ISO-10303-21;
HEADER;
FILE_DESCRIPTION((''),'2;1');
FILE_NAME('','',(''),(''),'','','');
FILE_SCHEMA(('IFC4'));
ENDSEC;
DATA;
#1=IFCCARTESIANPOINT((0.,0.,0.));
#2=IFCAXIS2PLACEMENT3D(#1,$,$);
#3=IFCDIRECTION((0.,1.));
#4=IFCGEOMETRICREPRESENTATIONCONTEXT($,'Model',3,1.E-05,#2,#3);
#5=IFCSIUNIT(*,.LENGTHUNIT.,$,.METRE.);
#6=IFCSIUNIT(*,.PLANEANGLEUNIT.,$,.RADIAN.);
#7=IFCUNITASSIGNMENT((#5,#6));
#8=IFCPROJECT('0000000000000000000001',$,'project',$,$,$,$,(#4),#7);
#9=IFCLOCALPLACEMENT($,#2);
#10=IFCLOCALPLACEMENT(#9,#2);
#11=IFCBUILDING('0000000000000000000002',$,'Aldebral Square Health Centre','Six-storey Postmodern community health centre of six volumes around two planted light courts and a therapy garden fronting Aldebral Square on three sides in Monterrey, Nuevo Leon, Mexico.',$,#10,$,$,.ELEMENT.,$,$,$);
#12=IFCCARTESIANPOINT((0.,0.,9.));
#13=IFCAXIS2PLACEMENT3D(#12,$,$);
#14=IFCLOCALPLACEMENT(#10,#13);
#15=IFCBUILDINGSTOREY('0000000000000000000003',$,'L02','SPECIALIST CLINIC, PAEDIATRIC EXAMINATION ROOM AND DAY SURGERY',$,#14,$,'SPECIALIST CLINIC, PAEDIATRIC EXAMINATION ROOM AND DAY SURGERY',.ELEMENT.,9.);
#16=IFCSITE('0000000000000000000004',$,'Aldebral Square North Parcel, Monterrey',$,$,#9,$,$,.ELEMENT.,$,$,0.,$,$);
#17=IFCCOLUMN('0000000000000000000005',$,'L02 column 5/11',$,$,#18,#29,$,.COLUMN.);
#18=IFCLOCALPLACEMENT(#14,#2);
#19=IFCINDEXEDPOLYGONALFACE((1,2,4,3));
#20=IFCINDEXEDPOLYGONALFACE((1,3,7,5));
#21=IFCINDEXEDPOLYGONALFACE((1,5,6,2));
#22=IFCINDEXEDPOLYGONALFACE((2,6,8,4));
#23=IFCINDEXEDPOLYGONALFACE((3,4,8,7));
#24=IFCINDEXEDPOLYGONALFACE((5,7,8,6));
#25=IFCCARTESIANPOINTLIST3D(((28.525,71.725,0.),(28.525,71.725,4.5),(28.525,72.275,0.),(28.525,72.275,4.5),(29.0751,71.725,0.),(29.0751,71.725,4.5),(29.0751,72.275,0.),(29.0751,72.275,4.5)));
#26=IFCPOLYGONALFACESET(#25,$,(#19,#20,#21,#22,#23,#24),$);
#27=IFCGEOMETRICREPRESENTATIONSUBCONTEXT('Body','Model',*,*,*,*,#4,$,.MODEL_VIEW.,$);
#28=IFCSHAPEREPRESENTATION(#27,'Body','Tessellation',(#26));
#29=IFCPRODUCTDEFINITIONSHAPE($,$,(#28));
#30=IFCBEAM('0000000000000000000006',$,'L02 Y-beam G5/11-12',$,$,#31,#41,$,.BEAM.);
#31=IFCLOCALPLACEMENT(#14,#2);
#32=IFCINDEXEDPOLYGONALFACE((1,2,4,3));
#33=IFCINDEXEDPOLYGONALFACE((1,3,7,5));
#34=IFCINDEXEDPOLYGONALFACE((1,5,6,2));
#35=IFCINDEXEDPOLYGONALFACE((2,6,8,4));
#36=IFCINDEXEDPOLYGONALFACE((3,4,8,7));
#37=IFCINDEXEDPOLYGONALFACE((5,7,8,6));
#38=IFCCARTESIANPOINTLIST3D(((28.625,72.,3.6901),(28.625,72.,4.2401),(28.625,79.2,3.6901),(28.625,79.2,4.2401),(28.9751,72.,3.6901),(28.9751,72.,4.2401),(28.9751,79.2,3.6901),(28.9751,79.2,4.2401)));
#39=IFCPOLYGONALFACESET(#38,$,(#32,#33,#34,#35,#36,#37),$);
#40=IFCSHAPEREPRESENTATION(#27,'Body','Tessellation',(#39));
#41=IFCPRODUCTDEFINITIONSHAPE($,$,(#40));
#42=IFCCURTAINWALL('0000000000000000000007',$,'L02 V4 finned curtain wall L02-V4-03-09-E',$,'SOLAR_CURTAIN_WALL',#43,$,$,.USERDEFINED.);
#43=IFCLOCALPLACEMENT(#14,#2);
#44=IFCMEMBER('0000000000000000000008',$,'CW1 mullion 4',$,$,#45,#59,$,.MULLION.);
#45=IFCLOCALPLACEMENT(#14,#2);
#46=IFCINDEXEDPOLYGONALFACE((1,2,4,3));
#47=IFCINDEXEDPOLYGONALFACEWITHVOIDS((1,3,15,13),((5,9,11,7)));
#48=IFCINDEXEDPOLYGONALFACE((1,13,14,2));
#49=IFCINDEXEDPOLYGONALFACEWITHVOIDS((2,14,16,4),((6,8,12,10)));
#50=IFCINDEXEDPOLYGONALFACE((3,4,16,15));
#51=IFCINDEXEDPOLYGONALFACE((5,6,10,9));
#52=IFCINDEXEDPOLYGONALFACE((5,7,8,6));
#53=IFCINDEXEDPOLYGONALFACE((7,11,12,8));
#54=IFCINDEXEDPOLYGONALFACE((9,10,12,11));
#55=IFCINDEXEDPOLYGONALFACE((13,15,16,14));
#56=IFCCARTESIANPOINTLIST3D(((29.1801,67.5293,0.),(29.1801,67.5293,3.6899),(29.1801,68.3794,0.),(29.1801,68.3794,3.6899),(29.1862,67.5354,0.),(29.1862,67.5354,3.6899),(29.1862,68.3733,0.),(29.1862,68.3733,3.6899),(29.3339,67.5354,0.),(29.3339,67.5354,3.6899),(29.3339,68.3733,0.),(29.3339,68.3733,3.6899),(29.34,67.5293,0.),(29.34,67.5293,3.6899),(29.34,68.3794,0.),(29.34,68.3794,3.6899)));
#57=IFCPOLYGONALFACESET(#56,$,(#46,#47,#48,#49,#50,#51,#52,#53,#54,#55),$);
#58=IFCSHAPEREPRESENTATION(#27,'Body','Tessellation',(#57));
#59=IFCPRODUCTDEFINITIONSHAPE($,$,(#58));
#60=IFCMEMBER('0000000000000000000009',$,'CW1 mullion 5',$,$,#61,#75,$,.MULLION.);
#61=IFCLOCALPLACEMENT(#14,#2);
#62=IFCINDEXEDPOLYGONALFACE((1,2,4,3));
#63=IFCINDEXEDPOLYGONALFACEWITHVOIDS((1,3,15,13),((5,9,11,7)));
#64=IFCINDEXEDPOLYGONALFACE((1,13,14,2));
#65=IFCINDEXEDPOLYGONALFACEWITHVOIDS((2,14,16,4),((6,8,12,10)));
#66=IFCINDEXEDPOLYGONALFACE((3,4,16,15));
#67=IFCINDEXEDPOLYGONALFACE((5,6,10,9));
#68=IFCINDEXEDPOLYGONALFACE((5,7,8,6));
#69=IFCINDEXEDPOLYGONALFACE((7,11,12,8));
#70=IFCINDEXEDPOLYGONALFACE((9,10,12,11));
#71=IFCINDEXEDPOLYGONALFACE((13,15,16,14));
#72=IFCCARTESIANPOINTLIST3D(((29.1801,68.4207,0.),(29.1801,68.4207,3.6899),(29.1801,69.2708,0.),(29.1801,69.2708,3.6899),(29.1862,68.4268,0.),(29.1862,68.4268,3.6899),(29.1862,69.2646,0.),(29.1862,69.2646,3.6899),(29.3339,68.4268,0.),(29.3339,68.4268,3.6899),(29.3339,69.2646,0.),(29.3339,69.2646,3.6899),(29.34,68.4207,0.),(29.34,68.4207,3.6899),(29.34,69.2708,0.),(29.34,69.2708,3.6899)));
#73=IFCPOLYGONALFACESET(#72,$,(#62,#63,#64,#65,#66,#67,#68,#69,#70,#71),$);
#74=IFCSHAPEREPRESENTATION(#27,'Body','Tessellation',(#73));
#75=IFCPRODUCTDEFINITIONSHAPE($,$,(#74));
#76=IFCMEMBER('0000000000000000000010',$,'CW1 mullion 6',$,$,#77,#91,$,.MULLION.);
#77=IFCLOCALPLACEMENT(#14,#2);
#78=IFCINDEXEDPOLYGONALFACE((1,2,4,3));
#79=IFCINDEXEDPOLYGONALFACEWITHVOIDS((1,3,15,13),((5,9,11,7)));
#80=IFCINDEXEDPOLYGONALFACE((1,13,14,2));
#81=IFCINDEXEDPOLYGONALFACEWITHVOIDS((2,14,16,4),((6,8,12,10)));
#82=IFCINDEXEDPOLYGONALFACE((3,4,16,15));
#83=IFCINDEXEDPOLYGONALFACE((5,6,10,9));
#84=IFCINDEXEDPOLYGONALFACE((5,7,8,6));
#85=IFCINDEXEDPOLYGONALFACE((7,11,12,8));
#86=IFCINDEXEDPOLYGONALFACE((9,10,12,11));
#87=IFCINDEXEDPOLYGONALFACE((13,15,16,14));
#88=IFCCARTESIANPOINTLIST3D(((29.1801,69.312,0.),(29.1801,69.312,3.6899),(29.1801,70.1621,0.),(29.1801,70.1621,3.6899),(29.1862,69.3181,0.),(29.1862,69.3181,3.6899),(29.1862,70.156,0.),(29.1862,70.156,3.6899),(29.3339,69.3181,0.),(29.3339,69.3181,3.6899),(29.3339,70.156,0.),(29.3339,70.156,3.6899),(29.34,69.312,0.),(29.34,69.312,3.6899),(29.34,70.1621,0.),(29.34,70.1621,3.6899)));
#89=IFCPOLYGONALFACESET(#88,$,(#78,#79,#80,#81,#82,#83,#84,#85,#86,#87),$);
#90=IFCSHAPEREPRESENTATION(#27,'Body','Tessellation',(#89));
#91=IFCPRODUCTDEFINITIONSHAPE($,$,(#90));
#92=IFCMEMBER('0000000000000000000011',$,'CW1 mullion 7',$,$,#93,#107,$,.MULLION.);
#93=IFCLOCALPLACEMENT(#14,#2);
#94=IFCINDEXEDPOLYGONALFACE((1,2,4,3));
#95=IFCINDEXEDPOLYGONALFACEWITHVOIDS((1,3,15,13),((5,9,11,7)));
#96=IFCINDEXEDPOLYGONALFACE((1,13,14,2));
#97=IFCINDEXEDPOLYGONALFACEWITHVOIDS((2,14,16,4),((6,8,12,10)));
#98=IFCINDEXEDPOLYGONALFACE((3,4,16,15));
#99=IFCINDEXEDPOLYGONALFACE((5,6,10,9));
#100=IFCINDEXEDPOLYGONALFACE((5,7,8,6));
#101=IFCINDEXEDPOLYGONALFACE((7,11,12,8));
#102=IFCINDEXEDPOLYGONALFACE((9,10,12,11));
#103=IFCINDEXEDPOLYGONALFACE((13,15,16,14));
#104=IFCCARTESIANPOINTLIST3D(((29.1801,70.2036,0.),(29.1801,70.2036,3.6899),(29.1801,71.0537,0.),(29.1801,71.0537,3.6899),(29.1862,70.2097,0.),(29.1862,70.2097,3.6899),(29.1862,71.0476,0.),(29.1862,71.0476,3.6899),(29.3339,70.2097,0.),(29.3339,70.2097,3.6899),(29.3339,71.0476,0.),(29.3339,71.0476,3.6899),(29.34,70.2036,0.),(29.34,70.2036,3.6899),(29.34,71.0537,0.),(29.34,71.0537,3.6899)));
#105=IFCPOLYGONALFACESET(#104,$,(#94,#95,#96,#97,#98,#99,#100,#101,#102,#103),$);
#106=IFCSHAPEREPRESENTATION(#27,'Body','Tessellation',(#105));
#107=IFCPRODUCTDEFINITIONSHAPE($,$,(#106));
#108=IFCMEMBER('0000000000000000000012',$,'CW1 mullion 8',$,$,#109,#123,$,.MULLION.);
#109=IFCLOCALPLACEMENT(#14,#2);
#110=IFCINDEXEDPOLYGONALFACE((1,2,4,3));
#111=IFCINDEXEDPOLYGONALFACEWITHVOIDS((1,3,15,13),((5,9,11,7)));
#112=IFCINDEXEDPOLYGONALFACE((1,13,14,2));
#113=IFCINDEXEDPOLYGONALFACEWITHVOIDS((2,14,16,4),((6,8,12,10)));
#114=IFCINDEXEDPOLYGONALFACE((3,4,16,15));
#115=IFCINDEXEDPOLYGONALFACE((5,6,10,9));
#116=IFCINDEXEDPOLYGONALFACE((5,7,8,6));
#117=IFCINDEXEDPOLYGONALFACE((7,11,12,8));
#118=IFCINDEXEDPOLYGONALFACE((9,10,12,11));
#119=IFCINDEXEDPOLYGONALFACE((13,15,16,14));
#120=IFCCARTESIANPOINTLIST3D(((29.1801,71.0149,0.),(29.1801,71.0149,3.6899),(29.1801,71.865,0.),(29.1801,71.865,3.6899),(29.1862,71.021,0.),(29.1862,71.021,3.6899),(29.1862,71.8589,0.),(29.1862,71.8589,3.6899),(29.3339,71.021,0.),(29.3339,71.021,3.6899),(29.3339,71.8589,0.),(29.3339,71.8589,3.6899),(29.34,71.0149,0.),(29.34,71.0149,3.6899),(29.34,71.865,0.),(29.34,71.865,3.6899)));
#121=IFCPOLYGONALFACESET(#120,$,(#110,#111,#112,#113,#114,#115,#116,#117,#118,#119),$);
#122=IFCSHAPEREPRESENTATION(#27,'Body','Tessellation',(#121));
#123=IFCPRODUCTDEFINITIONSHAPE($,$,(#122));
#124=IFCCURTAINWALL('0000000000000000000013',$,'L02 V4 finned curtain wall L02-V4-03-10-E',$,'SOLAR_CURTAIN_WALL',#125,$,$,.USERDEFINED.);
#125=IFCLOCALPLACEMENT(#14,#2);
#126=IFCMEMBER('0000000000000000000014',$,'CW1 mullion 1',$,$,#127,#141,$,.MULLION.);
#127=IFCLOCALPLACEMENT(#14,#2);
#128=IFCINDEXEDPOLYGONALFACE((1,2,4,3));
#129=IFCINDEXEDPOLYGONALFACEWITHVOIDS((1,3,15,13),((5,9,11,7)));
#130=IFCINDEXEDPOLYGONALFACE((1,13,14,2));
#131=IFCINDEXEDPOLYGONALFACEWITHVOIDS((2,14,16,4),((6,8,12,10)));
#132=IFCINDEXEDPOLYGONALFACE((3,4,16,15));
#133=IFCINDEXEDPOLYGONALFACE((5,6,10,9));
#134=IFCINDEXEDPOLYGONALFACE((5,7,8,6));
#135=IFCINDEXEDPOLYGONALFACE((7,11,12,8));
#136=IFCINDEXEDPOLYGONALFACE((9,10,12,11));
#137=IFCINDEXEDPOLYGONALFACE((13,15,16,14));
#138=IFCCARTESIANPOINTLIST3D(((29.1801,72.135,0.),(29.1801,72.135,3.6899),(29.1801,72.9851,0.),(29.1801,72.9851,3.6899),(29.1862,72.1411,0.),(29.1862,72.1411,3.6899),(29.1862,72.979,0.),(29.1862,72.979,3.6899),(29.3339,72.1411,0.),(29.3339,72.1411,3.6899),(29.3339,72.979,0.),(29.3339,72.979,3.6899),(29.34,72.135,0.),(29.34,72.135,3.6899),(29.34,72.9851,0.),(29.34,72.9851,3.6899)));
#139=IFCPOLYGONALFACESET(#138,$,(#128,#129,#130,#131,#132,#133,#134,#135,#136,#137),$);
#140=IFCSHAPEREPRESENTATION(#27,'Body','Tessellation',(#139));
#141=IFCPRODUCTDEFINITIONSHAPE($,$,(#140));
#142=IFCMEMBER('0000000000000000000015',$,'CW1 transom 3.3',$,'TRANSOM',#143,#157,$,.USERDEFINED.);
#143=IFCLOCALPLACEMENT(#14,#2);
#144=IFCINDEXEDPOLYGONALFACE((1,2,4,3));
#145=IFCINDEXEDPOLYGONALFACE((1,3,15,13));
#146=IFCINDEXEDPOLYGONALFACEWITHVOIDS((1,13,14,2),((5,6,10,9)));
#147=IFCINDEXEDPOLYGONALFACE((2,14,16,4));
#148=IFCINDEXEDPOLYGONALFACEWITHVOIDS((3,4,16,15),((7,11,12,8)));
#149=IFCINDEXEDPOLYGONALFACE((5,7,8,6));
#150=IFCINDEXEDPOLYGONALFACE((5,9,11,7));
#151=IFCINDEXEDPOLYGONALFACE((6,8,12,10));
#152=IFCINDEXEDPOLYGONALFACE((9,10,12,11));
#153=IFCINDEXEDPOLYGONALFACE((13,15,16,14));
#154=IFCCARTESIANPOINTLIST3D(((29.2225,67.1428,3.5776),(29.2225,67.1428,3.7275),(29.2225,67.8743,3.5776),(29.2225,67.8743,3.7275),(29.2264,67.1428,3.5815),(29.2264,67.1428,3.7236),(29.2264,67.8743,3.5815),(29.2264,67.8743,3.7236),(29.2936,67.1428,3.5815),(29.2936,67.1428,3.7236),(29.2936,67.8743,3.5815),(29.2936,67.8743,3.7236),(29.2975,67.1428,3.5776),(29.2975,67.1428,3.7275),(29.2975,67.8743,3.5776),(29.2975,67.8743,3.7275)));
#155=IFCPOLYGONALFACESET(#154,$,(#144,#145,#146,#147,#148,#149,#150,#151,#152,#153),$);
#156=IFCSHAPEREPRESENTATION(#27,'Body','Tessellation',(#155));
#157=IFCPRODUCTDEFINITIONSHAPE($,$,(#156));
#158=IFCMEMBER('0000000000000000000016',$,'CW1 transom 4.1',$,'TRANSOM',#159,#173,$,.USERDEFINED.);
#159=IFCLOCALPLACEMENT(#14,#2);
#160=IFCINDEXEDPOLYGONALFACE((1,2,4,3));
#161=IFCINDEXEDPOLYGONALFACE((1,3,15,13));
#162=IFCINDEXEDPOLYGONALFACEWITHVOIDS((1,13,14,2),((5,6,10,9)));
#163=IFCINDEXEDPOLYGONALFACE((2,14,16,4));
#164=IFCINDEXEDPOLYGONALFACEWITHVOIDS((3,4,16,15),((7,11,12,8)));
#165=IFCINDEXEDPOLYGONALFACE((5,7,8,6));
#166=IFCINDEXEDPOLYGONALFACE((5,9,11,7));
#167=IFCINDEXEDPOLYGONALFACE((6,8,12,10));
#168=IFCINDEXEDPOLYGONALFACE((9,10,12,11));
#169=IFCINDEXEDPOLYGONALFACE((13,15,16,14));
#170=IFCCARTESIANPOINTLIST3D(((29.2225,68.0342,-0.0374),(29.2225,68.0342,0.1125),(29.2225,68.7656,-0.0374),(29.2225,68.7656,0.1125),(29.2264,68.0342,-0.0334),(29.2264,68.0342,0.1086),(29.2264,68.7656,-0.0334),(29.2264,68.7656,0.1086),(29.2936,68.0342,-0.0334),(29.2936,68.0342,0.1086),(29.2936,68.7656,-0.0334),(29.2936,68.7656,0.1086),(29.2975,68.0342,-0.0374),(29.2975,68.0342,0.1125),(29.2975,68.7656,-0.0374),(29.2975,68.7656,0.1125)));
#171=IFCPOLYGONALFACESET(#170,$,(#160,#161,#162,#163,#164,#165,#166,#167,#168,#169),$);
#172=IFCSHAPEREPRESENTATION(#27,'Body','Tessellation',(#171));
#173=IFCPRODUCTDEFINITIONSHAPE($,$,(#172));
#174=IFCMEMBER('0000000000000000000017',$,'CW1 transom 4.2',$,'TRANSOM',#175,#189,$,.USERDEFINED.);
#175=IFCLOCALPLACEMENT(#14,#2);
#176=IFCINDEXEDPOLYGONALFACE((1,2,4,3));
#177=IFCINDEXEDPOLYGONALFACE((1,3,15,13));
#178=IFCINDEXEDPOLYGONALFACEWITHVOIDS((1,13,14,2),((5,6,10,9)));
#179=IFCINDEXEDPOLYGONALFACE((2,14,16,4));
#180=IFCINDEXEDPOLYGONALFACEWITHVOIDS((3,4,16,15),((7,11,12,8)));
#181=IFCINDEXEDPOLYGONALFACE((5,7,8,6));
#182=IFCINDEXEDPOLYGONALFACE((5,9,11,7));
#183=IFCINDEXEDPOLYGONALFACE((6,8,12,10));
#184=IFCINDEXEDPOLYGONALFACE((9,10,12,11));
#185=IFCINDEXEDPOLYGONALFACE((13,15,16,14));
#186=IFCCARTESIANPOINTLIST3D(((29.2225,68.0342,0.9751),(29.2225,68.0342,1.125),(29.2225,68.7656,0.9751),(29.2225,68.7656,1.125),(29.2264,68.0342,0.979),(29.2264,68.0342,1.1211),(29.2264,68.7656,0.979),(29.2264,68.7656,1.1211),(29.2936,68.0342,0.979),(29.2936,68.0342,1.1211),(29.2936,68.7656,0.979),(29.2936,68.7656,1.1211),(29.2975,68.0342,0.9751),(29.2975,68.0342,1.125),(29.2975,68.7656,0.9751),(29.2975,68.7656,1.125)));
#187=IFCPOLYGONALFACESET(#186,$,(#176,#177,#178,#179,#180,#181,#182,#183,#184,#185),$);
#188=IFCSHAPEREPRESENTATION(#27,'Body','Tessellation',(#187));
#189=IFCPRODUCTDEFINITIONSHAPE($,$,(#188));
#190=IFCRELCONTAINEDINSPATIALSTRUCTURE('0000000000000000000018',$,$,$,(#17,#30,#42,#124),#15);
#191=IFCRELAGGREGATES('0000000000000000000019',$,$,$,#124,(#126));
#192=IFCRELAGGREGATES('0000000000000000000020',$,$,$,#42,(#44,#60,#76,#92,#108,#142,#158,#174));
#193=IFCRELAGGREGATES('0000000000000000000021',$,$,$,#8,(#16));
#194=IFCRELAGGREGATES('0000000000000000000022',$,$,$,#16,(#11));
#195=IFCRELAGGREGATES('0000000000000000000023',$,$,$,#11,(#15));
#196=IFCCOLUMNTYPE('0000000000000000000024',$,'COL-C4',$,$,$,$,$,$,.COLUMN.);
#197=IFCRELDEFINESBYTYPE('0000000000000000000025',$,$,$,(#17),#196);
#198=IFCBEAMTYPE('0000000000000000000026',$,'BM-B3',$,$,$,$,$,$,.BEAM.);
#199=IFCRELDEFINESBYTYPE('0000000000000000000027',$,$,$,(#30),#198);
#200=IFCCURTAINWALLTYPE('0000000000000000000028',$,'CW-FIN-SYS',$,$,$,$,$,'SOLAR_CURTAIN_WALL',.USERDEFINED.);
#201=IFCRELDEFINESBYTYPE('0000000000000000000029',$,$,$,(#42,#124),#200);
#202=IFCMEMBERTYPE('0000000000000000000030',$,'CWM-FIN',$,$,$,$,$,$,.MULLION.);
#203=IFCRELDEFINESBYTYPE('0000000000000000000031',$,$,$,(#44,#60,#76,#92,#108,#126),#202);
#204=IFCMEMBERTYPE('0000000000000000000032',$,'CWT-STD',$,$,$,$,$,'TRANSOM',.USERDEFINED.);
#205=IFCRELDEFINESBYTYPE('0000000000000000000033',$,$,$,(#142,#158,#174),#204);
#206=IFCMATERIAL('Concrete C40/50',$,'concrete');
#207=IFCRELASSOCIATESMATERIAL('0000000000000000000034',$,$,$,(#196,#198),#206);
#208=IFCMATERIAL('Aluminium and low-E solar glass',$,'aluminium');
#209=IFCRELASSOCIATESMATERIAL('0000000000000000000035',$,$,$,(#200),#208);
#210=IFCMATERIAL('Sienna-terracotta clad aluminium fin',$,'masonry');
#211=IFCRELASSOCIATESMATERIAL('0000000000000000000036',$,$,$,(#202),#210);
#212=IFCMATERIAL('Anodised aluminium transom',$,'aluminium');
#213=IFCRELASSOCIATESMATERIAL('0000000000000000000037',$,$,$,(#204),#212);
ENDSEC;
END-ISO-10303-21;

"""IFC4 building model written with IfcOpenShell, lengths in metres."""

from ifc_helpers import new_model, si_unit, direction, frame, origin, origin_2d, place, context, subcontext, project, spatial, rectangle, hollow_rectangle, extrude, material, material_profile, profile_set, type_object, element, aggregate, save


model = new_model("IFC4")

# Units and contexts
model_context = context("Model", 3, precision=1e-05, world=origin(), true_north=direction((0.0, 1.0)))
body_context = subcontext(model_context, "Body", "Model", "MODEL_VIEW")
ifc_project = project(units=[si_unit("LENGTHUNIT", "METRE"), si_unit("PLANEANGLEUNIT", "RADIAN")], contexts=[model_context])

# Site, building, storey
site_placement = place(None, origin())
site = spatial("IfcSite", under=ifc_project, at=site_placement, Name="Aldebral Square North Parcel, Monterrey", CompositionType="ELEMENT", RefElevation=0.0)
building_placement = place(site_placement, origin())
building = spatial("IfcBuilding", under=site, at=building_placement, Name="Aldebral Square Health Centre", Description="Six-storey Postmodern community health centre of six volumes around two planted light courts and a therapy garden fronting Aldebral Square on three sides in Monterrey, Nuevo Leon, Mexico.", CompositionType="ELEMENT")
storey_placement = place(building_placement, frame((0.0, 0.0, 9.0)))
storey = spatial("IfcBuildingStorey", under=building, at=storey_placement, Name="L02", Description="SPECIALIST CLINIC, PAEDIATRIC EXAMINATION ROOM AND DAY SURGERY", LongName="SPECIALIST CLINIC, PAEDIATRIC EXAMINATION ROOM AND DAY SURGERY", CompositionType="ELEMENT", Elevation=9.0)

# Column
ifc_material_1 = material(Name="Concrete C40/50", Category="concrete")
ifc_material_profile_1 = material_profile(ifc_material_1, rectangle(XDim=0.55, YDim=0.55, at=origin_2d()), Name="RC 550x550")
ifc_profile_set_1 = profile_set([ifc_material_profile_1], Name="Concrete C40/50")
column_type = type_object("IfcColumnType", Name="COL-C4", PredefinedType="COLUMN", material=ifc_profile_set_1)
column_placement = place(storey_placement, frame((28.8, 72.0, 0.0), z_axis=(0.0, 0.0, 1.0), x_axis=(1.0, 0.0, 0.0)))
element("IfcColumn", 1, at=column_placement, inside=storey, type_object=column_type, Name="L02 column 5/11", PredefinedType="COLUMN", context=body_context, shape_type="SweptSolid", body=[
    extrude(rectangle(XDim=0.55, YDim=0.55, at=origin_2d()), origin(), (0.0, 0.0, 1.0), 4.5),
])

# Beam
ifc_material_profile_2 = material_profile(ifc_material_1, rectangle(XDim=0.3501, YDim=0.55, at=origin_2d()), Name="RC 350x550")
ifc_profile_set_2 = profile_set([ifc_material_profile_2], Name="Concrete C40/50")
beam_type = type_object("IfcBeamType", Name="BM-B3", PredefinedType="BEAM", material=ifc_profile_set_2)
beam_placement = place(storey_placement, frame((28.8, 72.0, 3.9651), z_axis=(0.0, 1.0, 0.0), x_axis=(-1.0, 0.0, 0.0)))
element("IfcBeam", 2, at=beam_placement, inside=storey, type_object=beam_type, Name="L02 Y-beam G5/11-12", PredefinedType="BEAM", context=body_context, shape_type="SweptSolid", body=[
    extrude(rectangle(XDim=0.3501, YDim=0.55, at=origin_2d()), origin(), (0.0, 0.0, 1.0), 7.2),
])

# Curtain wall, members
ifc_material_2 = material(Name="Aluminium and low-E solar glass", Category="aluminium")
curtain_wall_type = type_object("IfcCurtainWallType", Name="CW-FIN-SYS", ElementType="SOLAR_CURTAIN_WALL", PredefinedType="USERDEFINED", material=ifc_material_2)
curtain_wall_1_placement = place(storey_placement, origin())
curtain_wall_1 = element("IfcCurtainWall", 3, at=curtain_wall_1_placement, inside=storey, type_object=curtain_wall_type, Name="L02 V4 finned curtain wall L02-V4-03-09-E", ObjectType="SOLAR_CURTAIN_WALL", PredefinedType="USERDEFINED")
ifc_material_3 = material(Name="Sienna-terracotta clad aluminium fin", Category="masonry")
ifc_material_profile_3 = material_profile(ifc_material_3, hollow_rectangle(XDim=0.1599, YDim=0.8501, WallThickness=0.0061, at=origin_2d()), Name="FIN 160x850x6")
ifc_profile_set_3 = profile_set([ifc_material_profile_3], Name="Sienna-terracotta clad aluminium fin")
member_type_1 = type_object("IfcMemberType", Name="CWM-FIN", PredefinedType="MULLION", material=ifc_profile_set_3)
member_1_placement = place(storey_placement, frame((29.26, 67.9543, 0.0), z_axis=(0.0, 0.0, 1.0), x_axis=(-1.0, 0.0, 0.0)))
member_1 = element("IfcMember", 4, at=member_1_placement, type_object=member_type_1, Name="CW1 mullion 4", PredefinedType="MULLION", context=body_context, shape_type="SweptSolid", body=[
    extrude(hollow_rectangle(XDim=0.1599, YDim=0.8501, WallThickness=0.0061, at=origin_2d()), origin(), (0.0, 0.0, 1.0), 3.6899),
])
member_2_placement = place(storey_placement, frame((29.26, 68.8457, 0.0), z_axis=(0.0, 0.0, 1.0), x_axis=(-1.0, 0.0, 0.0)))
member_2 = element("IfcMember", 5, at=member_2_placement, type_object=member_type_1, Name="CW1 mullion 5", PredefinedType="MULLION", context=body_context, shape_type="SweptSolid", body=[
    extrude(hollow_rectangle(XDim=0.1599, YDim=0.8501, WallThickness=0.0061, at=origin_2d()), origin(), (0.0, 0.0, 1.0), 3.6899),
])
member_3_placement = place(storey_placement, frame((29.26, 69.7371, 0.0), z_axis=(0.0, 0.0, 1.0), x_axis=(-1.0, 0.0, 0.0)))
member_3 = element("IfcMember", 6, at=member_3_placement, type_object=member_type_1, Name="CW1 mullion 6", PredefinedType="MULLION", context=body_context, shape_type="SweptSolid", body=[
    extrude(hollow_rectangle(XDim=0.1599, YDim=0.8501, WallThickness=0.0061, at=origin_2d()), origin(), (0.0, 0.0, 1.0), 3.6899),
])
member_4_placement = place(storey_placement, frame((29.26, 70.6287, 0.0), z_axis=(0.0, 0.0, 1.0), x_axis=(-1.0, 0.0, 0.0)))
member_4 = element("IfcMember", 7, at=member_4_placement, type_object=member_type_1, Name="CW1 mullion 7", PredefinedType="MULLION", context=body_context, shape_type="SweptSolid", body=[
    extrude(hollow_rectangle(XDim=0.1599, YDim=0.8501, WallThickness=0.0061, at=origin_2d()), origin(), (0.0, 0.0, 1.0), 3.6899),
])
member_5_placement = place(storey_placement, frame((29.26, 71.4399, 0.0), z_axis=(0.0, 0.0, 1.0), x_axis=(-1.0, 0.0, 0.0)))
member_5 = element("IfcMember", 8, at=member_5_placement, type_object=member_type_1, Name="CW1 mullion 8", PredefinedType="MULLION", context=body_context, shape_type="SweptSolid", body=[
    extrude(hollow_rectangle(XDim=0.1599, YDim=0.8501, WallThickness=0.0061, at=origin_2d()), origin(), (0.0, 0.0, 1.0), 3.6899),
])

# Curtain wall, member
curtain_wall_2_placement = place(storey_placement, origin())
curtain_wall_2 = element("IfcCurtainWall", 9, at=curtain_wall_2_placement, inside=storey, type_object=curtain_wall_type, Name="L02 V4 finned curtain wall L02-V4-03-10-E", ObjectType="SOLAR_CURTAIN_WALL", PredefinedType="USERDEFINED")
member_6_placement = place(storey_placement, frame((29.26, 72.5601, 0.0), z_axis=(0.0, 0.0, 1.0), x_axis=(-1.0, 0.0, 0.0)))
member_6 = element("IfcMember", 10, at=member_6_placement, type_object=member_type_1, Name="CW1 mullion 1", PredefinedType="MULLION", context=body_context, shape_type="SweptSolid", body=[
    extrude(hollow_rectangle(XDim=0.1599, YDim=0.8501, WallThickness=0.0061, at=origin_2d()), origin(), (0.0, 0.0, 1.0), 3.6899),
])
aggregate(curtain_wall_2, [member_6])

# Members
ifc_material_4 = material(Name="Anodised aluminium transom", Category="aluminium")
ifc_material_profile_4 = material_profile(ifc_material_4, hollow_rectangle(XDim=0.075, YDim=0.1499, WallThickness=0.0039, at=origin_2d()), Name="CWT 75x150x4")
ifc_profile_set_4 = profile_set([ifc_material_profile_4], Name="Anodised aluminium transom")
member_type_2 = type_object("IfcMemberType", Name="CWT-STD", ElementType="TRANSOM", PredefinedType="USERDEFINED", material=ifc_profile_set_4)
member_7_placement = place(storey_placement, frame((29.26, 67.1428, 3.6526), z_axis=(0.0, 1.0, 0.0), x_axis=(-1.0, 0.0, 0.0)))
member_7 = element("IfcMember", 11, at=member_7_placement, type_object=member_type_2, Name="CW1 transom 3.3", ObjectType="TRANSOM", PredefinedType="USERDEFINED", context=body_context, shape_type="SweptSolid", body=[
    extrude(hollow_rectangle(XDim=0.075, YDim=0.1499, WallThickness=0.0039, at=origin_2d()), origin(), (0.0, 0.0, 1.0), 0.7314),
])
member_8_placement = place(storey_placement, frame((29.26, 68.0342, 0.0376), z_axis=(0.0, 1.0, 0.0), x_axis=(-1.0, 0.0, 0.0)))
member_8 = element("IfcMember", 12, at=member_8_placement, type_object=member_type_2, Name="CW1 transom 4.1", ObjectType="TRANSOM", PredefinedType="USERDEFINED", context=body_context, shape_type="SweptSolid", body=[
    extrude(hollow_rectangle(XDim=0.075, YDim=0.1499, WallThickness=0.0039, at=origin_2d()), origin(), (0.0, 0.0, 1.0), 0.7314),
])
member_9_placement = place(storey_placement, frame((29.26, 68.0342, 1.05), z_axis=(0.0, 1.0, 0.0), x_axis=(-1.0, 0.0, 0.0)))
member_9 = element("IfcMember", 13, at=member_9_placement, type_object=member_type_2, Name="CW1 transom 4.2", ObjectType="TRANSOM", PredefinedType="USERDEFINED", context=body_context, shape_type="SweptSolid", body=[
    extrude(hollow_rectangle(XDim=0.075, YDim=0.1499, WallThickness=0.0039, at=origin_2d()), origin(), (0.0, 0.0, 1.0), 0.7314),
])

aggregate(curtain_wall_1, [member_1, member_2, member_3, member_4, member_5, member_7, member_8, member_9])

save(model, "model.ifc")
